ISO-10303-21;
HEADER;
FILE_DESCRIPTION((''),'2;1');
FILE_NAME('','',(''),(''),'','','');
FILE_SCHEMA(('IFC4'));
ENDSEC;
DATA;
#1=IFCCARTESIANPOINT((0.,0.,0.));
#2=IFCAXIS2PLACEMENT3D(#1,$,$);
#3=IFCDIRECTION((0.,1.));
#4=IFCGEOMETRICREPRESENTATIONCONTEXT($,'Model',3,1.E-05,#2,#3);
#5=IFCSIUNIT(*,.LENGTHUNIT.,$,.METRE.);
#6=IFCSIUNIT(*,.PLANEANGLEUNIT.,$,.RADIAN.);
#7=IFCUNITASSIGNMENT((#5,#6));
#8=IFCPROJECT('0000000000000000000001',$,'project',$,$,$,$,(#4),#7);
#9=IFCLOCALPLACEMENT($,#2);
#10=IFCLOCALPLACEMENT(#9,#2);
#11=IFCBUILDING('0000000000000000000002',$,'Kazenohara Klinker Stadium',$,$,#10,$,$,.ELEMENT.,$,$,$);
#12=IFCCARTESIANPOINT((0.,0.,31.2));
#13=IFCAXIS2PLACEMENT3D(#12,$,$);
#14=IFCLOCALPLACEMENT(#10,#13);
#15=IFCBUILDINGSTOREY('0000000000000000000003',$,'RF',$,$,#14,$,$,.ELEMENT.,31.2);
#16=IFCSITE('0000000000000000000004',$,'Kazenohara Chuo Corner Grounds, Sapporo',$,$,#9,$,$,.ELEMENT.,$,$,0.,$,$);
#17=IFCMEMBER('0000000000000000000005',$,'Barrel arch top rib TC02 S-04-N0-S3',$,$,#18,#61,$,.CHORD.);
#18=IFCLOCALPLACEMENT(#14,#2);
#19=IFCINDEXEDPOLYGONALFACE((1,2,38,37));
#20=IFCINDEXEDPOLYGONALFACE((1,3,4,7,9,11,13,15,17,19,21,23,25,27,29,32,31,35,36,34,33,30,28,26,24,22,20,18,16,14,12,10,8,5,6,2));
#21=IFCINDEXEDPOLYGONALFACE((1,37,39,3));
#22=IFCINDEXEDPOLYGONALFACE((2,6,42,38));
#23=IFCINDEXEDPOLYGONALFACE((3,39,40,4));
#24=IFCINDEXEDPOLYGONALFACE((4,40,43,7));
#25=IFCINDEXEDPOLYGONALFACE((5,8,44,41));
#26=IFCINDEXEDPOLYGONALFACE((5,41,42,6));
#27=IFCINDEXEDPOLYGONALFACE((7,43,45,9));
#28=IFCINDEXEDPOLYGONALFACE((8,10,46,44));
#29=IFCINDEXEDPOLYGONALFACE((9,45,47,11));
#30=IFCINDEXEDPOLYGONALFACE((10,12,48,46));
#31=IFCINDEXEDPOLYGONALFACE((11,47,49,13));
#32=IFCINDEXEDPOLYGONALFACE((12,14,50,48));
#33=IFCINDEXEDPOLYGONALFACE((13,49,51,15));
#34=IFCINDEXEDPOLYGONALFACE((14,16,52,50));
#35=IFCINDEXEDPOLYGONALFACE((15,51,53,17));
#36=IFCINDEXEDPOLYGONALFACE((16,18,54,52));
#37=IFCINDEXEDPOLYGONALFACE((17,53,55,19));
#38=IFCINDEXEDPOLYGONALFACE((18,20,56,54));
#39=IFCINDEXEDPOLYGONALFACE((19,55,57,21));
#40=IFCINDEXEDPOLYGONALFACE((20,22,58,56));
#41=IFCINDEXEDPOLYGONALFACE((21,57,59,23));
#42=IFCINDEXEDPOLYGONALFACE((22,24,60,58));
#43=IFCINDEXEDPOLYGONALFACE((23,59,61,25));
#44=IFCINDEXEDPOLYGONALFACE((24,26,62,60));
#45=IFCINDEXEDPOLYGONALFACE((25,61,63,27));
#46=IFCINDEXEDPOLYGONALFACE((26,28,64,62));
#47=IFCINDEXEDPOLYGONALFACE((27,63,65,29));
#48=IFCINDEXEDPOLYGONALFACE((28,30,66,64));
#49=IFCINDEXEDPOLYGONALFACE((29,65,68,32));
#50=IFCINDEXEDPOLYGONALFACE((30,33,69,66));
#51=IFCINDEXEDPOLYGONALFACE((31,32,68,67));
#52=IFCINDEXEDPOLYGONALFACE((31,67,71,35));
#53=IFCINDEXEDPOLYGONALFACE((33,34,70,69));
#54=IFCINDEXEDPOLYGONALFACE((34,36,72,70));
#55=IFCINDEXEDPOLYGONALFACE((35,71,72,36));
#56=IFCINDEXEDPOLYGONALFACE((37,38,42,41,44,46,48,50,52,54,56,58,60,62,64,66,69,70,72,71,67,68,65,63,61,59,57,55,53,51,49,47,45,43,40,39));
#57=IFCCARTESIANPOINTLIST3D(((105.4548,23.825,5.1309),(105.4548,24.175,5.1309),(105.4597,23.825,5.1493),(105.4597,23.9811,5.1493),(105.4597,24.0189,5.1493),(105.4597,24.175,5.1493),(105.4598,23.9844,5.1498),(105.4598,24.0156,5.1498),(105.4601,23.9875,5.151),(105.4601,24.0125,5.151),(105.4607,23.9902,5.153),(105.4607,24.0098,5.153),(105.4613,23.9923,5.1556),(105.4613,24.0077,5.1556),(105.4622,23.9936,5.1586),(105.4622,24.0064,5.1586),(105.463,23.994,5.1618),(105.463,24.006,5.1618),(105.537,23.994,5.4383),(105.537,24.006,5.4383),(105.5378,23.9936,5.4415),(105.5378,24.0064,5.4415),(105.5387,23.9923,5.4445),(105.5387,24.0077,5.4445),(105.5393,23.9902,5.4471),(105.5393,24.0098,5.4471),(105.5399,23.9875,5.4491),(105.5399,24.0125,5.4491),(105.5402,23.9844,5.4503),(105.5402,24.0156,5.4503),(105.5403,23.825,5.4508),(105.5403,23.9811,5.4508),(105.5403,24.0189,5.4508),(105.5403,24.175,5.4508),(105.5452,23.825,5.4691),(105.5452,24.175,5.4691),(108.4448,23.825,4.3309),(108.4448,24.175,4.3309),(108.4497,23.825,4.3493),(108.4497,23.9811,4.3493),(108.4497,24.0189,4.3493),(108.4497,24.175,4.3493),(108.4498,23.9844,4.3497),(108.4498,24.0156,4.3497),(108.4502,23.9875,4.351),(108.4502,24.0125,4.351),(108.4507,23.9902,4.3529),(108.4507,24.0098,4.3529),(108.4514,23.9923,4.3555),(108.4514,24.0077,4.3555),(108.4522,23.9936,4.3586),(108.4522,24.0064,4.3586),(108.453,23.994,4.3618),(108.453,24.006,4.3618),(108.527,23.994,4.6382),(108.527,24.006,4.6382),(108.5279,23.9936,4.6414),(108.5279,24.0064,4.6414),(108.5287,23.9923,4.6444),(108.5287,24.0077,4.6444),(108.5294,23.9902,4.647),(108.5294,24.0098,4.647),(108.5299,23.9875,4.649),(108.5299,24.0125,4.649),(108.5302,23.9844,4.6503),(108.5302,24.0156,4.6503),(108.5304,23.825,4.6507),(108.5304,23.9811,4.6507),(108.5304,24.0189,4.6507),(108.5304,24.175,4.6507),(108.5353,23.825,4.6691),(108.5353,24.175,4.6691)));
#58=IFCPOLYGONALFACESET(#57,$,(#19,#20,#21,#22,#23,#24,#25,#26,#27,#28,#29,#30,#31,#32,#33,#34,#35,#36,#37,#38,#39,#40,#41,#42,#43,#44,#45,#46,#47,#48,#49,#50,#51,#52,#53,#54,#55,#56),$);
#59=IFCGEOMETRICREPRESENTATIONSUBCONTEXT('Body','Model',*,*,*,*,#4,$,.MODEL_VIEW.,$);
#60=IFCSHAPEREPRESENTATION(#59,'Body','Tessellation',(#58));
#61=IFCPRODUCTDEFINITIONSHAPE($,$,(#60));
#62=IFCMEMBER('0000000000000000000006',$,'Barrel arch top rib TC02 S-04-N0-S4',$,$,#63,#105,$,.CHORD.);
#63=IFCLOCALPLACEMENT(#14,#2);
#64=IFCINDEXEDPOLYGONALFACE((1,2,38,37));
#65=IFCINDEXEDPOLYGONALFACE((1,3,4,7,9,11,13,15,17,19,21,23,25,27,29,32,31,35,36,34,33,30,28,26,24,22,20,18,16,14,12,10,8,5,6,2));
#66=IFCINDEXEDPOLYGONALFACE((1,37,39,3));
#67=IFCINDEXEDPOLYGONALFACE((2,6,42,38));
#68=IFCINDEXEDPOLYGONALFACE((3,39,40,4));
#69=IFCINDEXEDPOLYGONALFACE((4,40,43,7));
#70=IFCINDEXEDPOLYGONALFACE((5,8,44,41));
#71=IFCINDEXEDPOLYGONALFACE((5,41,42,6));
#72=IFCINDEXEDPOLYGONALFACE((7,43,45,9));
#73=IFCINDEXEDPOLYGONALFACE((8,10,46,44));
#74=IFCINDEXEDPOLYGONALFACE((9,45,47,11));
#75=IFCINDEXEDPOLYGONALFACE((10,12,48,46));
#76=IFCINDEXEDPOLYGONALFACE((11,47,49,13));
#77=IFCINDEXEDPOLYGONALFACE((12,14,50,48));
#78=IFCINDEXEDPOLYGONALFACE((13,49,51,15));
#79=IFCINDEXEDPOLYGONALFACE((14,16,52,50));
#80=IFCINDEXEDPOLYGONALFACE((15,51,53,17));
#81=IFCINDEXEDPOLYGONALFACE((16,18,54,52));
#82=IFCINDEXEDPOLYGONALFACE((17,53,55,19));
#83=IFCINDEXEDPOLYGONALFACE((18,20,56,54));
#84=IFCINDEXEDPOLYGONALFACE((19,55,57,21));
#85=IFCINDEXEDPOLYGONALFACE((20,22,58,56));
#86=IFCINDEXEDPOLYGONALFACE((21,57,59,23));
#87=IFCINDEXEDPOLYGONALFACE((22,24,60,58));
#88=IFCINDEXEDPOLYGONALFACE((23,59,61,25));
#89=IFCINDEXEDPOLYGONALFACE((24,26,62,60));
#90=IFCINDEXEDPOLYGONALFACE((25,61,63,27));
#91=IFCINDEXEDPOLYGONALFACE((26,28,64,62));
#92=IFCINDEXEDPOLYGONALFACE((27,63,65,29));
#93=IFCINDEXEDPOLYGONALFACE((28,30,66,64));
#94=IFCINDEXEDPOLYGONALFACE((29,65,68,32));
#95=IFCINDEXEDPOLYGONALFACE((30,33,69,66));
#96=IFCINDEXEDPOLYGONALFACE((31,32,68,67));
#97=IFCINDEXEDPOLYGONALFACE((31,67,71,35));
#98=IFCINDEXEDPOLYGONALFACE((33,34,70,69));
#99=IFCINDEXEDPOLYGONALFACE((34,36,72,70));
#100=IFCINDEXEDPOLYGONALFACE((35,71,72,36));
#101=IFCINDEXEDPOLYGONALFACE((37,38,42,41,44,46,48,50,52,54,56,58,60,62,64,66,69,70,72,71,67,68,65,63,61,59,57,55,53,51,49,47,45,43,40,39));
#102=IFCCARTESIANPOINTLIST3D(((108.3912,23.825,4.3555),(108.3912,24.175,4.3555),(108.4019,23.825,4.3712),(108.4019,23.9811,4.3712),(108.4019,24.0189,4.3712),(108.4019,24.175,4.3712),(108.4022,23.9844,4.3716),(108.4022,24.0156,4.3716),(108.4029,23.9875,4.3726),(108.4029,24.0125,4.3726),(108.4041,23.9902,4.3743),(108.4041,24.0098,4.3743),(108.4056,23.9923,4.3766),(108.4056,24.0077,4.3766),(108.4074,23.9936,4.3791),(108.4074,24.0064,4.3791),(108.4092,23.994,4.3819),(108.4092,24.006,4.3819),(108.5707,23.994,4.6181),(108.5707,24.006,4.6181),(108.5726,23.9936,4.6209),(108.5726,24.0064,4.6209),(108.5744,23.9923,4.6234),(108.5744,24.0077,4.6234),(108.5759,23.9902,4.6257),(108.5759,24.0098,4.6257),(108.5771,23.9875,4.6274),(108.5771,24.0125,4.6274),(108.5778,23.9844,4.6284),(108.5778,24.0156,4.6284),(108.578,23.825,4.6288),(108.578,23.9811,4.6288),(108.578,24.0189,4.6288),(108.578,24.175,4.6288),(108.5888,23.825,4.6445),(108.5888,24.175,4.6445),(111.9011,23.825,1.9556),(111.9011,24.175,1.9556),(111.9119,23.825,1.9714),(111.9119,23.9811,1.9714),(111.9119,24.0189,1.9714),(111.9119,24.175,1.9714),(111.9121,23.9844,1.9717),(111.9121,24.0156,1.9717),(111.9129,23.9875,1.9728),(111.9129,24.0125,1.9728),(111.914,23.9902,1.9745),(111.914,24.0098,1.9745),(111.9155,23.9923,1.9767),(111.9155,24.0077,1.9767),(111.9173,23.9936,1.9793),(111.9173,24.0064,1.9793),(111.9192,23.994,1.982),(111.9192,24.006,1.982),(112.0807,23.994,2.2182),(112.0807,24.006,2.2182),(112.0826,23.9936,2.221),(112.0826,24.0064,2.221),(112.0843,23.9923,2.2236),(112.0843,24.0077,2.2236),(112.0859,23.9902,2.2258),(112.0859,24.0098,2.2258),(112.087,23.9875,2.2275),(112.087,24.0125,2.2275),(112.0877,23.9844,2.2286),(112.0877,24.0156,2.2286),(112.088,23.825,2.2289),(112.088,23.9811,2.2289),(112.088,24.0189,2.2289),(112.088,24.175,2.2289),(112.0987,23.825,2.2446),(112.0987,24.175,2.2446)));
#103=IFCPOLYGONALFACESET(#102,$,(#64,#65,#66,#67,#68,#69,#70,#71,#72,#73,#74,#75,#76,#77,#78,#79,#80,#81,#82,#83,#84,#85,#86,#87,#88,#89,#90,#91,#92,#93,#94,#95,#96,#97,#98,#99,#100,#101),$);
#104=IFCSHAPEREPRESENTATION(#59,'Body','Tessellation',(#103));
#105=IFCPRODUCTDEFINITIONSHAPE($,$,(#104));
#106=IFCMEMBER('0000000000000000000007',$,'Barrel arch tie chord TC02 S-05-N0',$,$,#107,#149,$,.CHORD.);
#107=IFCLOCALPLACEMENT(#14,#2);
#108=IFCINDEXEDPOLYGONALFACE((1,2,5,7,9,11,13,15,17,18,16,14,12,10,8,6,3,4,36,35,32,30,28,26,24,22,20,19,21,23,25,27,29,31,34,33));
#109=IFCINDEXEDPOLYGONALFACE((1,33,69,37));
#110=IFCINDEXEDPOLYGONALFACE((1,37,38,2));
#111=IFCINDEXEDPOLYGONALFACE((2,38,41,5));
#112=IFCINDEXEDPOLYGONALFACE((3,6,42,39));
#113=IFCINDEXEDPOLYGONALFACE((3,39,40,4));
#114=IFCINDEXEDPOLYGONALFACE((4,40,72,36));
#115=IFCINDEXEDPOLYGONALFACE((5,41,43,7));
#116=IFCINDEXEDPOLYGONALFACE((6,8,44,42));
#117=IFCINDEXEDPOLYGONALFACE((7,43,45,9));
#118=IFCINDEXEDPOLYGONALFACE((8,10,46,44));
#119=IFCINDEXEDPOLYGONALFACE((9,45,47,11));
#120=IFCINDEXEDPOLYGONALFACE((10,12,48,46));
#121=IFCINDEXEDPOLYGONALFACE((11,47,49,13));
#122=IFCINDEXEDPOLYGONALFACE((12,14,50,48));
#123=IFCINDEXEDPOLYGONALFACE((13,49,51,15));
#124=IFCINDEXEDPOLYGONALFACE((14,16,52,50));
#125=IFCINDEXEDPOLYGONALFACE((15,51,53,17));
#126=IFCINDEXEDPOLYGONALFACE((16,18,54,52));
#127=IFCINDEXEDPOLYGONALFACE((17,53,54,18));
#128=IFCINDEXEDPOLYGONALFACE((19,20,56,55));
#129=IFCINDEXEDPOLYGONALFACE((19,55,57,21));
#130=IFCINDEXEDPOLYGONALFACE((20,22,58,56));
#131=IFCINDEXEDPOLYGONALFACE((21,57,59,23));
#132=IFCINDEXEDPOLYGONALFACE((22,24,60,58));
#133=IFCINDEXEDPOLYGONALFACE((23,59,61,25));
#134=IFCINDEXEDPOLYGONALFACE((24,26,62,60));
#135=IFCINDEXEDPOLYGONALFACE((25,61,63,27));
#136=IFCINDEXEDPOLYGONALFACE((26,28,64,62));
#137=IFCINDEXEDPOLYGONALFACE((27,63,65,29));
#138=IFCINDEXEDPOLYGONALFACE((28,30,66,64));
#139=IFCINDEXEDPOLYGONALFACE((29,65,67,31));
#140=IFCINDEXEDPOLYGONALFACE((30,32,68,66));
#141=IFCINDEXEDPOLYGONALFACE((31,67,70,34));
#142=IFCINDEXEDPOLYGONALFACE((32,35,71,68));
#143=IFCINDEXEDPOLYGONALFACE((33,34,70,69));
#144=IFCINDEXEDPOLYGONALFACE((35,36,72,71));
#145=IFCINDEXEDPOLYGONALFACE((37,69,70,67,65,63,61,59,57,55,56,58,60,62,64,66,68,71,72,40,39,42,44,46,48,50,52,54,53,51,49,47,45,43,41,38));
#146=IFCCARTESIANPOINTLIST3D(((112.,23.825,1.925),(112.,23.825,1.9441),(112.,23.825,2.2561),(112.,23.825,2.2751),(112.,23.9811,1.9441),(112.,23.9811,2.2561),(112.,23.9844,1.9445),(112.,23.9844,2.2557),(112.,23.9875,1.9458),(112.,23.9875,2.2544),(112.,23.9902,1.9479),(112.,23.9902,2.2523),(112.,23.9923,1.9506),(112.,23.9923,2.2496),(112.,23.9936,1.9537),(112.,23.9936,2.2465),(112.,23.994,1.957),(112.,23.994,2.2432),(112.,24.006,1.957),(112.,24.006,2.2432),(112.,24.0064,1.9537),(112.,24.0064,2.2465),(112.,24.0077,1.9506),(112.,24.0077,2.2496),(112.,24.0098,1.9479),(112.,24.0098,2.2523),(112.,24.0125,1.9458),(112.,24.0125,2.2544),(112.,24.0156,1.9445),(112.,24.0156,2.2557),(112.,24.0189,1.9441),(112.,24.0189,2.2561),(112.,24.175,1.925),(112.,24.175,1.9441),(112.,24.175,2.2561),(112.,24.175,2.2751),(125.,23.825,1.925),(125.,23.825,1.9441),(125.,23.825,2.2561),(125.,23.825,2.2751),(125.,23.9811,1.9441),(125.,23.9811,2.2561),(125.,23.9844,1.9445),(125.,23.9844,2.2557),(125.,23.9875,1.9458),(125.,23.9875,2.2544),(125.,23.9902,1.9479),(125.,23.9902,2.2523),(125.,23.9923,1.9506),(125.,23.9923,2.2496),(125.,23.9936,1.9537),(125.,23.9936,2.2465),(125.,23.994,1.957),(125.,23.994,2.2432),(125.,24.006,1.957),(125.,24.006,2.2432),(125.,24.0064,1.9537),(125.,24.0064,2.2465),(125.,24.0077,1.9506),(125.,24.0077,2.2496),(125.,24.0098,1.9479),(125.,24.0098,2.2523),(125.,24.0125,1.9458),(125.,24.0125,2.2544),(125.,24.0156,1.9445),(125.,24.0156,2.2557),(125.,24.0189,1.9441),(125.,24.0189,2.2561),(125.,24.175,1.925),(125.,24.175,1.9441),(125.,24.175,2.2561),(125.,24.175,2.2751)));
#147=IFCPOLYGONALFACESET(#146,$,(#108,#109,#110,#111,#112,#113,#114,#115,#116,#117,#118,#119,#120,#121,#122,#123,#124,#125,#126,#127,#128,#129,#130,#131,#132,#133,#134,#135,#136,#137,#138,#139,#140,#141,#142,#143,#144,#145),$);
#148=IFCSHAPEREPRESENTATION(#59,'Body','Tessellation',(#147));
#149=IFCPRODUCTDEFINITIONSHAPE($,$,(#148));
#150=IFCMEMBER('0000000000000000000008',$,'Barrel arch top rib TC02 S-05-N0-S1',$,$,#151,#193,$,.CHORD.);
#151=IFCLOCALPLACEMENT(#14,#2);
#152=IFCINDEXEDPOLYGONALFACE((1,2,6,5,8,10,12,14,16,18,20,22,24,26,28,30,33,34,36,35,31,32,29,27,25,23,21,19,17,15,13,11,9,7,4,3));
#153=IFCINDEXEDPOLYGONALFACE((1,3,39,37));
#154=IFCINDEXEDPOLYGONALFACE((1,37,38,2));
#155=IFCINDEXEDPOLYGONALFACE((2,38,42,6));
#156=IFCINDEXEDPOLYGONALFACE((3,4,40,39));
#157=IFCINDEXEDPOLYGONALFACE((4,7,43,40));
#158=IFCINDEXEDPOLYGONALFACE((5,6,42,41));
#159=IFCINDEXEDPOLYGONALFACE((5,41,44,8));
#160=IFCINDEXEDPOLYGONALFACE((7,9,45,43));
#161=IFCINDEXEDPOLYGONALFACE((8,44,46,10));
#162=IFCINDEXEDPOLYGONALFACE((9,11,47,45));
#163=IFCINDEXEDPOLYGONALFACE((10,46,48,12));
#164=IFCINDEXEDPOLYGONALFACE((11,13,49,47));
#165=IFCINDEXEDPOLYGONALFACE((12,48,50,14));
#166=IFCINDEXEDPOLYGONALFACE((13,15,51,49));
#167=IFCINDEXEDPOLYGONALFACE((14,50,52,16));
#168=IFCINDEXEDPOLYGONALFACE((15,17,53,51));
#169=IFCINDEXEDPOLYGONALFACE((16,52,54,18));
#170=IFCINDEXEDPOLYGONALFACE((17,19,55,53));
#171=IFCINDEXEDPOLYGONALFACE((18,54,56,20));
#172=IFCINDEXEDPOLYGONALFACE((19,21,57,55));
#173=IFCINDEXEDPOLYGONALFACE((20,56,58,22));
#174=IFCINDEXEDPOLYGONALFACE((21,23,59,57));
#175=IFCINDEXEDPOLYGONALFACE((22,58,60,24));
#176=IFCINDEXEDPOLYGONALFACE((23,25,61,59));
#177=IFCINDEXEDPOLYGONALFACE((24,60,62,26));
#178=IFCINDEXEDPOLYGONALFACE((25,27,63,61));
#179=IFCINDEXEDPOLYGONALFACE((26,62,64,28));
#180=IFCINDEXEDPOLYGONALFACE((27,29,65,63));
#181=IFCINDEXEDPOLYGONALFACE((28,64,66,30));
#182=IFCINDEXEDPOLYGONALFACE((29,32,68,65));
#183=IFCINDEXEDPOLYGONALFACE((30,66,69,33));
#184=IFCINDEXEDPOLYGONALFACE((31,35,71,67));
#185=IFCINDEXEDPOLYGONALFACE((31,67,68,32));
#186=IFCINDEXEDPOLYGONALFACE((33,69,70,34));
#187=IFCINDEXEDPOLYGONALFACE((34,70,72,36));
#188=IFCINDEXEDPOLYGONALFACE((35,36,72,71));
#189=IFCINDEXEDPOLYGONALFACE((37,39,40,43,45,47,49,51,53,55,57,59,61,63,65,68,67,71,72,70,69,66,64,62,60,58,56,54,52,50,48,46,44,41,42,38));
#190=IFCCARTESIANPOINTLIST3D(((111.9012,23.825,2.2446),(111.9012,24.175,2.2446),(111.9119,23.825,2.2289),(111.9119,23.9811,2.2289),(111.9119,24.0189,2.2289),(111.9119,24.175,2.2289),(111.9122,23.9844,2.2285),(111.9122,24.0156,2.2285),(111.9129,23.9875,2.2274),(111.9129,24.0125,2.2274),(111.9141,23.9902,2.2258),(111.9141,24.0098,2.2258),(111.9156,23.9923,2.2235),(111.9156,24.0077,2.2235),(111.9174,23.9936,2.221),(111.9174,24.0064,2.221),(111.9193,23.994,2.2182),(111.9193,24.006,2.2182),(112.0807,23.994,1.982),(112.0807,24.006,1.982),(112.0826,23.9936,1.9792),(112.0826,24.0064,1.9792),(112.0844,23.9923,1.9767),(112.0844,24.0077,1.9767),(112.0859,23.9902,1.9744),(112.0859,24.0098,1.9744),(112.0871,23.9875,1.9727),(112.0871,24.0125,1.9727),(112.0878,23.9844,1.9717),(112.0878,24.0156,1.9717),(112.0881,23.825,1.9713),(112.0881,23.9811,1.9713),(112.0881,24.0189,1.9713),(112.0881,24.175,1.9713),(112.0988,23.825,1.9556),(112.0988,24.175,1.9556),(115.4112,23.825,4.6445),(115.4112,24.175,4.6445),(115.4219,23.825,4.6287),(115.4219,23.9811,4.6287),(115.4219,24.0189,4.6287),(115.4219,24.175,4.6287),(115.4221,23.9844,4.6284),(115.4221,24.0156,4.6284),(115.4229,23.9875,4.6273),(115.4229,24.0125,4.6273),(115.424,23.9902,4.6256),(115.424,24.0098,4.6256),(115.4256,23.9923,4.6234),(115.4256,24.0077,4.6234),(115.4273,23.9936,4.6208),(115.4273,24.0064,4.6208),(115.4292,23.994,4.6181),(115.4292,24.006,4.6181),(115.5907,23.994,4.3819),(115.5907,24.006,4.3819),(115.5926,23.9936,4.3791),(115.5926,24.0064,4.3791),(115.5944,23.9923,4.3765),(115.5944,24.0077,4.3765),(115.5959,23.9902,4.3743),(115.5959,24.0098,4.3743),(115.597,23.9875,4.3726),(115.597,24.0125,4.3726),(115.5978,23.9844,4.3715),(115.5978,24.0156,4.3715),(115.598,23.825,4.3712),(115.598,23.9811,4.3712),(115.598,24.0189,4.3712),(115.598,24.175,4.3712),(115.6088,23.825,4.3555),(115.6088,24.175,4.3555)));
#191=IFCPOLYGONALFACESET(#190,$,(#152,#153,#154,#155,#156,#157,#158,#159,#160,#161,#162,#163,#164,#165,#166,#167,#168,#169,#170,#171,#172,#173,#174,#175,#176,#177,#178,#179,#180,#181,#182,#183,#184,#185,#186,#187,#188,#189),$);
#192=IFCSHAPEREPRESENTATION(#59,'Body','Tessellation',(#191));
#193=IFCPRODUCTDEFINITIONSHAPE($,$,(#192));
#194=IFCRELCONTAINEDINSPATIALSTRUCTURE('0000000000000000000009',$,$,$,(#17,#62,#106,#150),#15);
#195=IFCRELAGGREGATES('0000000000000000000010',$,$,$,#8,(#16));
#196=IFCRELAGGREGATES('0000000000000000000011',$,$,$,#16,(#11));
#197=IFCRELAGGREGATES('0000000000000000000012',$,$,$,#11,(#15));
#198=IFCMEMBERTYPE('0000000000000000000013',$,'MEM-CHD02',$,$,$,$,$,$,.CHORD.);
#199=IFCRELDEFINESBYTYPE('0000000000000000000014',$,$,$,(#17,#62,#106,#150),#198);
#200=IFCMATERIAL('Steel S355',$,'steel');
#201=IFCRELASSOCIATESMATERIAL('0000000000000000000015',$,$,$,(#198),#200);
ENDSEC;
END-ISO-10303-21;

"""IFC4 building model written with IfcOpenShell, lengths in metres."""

from ifc_helpers import new_model, si_unit, direction, frame, origin, origin_2d, place, context, subcontext, project, spatial, i_section, extrude, material, material_profile, profile_set, type_object, element, save


model = new_model("IFC4")

# Units and contexts
model_context = context("Model", 3, precision=1e-05, world=origin(), true_north=direction((0.0, 1.0)))
body_context = subcontext(model_context, "Body", "Model", "MODEL_VIEW")
ifc_project = project(units=[si_unit("LENGTHUNIT", "METRE"), si_unit("PLANEANGLEUNIT", "RADIAN")], contexts=[model_context])

# Site, building, storey
site_placement = place(None, origin())
site = spatial("IfcSite", under=ifc_project, at=site_placement, Name="Kazenohara Chuo Corner Grounds, Sapporo", CompositionType="ELEMENT", RefElevation=0.0)
building_placement = place(site_placement, origin())
building = spatial("IfcBuilding", under=site, at=building_placement, Name="Kazenohara Klinker Stadium", CompositionType="ELEMENT")
storey_placement = place(building_placement, frame((0.0, 0.0, 31.2)))
storey = spatial("IfcBuildingStorey", under=building, at=storey_placement, Name="RF", CompositionType="ELEMENT", Elevation=31.2)

# Members
ifc_material_1 = material(Name="Steel S355", Category="steel")
ifc_material_profile_1 = material_profile(ifc_material_1, i_section(OverallWidth=0.3501, OverallDepth=0.3501, WebThickness=0.012, FlangeThickness=0.019, FilletRadius=0.0129, at=origin_2d()), Name="H-350x350x12x19")
ifc_profile_set_1 = profile_set([ifc_material_profile_1], Name="Steel S355")
member_type_1 = type_object("IfcMemberType", Name="MEM-CHD02", PredefinedType="CHORD", material=ifc_profile_set_1)
member_1_placement = place(storey_placement, frame((105.5, 24.0, 5.3), z_axis=(0.966016, 0.0, -0.258482), x_axis=(0.0, 1.0, 0.0)))
element("IfcMember", 1, at=member_1_placement, inside=storey, type_object=member_type_1, Name="Barrel arch top rib TC02 S-04-N0-S3", PredefinedType="CHORD", context=body_context, shape_type="SweptSolid", body=[
    extrude(i_section(OverallWidth=0.3501, OverallDepth=0.3501, WebThickness=0.012, FlangeThickness=0.019, FilletRadius=0.0129, at=origin_2d()), origin(), (0.0, 0.0, 1.0), 3.0952),
])
member_2_placement = place(storey_placement, frame((108.49, 24.0, 4.5), z_axis=(0.825492, 0.0, -0.564414), x_axis=(0.0, 1.0, 0.0)))
element("IfcMember", 2, at=member_2_placement, inside=storey, type_object=member_type_1, Name="Barrel arch top rib TC02 S-04-N0-S4", PredefinedType="CHORD", context=body_context, shape_type="SweptSolid", body=[
    extrude(i_section(OverallWidth=0.3501, OverallDepth=0.3501, WebThickness=0.012, FlangeThickness=0.019, FilletRadius=0.0129, at=origin_2d()), origin(), (0.0, 0.0, 1.0), 4.252),
])
member_3_placement = place(storey_placement, frame((112.0, 24.0, 2.1001), z_axis=(1.0, 0.0, 0.0), x_axis=(0.0, 1.0, 0.0)))
element("IfcMember", 3, at=member_3_placement, inside=storey, type_object=member_type_1, Name="Barrel arch tie chord TC02 S-05-N0", PredefinedType="CHORD", context=body_context, shape_type="SweptSolid", body=[
    extrude(i_section(OverallWidth=0.3501, OverallDepth=0.3501, WebThickness=0.012, FlangeThickness=0.019, FilletRadius=0.0129, at=origin_2d()), origin(), (0.0, 0.0, 1.0), 13.0),
])
member_4_placement = place(storey_placement, frame((112.0, 24.0, 2.1001), z_axis=(0.825492, 0.0, 0.564414), x_axis=(0.0, 1.0, 0.0)))
element("IfcMember", 4, at=member_4_placement, inside=storey, type_object=member_type_1, Name="Barrel arch top rib TC02 S-05-N0-S1", PredefinedType="CHORD", context=body_context, shape_type="SweptSolid", body=[
    extrude(i_section(OverallWidth=0.3501, OverallDepth=0.3501, WebThickness=0.012, FlangeThickness=0.019, FilletRadius=0.0129, at=origin_2d()), origin(), (0.0, 0.0, 1.0), 4.252),
])

save(model, "model.ifc")
